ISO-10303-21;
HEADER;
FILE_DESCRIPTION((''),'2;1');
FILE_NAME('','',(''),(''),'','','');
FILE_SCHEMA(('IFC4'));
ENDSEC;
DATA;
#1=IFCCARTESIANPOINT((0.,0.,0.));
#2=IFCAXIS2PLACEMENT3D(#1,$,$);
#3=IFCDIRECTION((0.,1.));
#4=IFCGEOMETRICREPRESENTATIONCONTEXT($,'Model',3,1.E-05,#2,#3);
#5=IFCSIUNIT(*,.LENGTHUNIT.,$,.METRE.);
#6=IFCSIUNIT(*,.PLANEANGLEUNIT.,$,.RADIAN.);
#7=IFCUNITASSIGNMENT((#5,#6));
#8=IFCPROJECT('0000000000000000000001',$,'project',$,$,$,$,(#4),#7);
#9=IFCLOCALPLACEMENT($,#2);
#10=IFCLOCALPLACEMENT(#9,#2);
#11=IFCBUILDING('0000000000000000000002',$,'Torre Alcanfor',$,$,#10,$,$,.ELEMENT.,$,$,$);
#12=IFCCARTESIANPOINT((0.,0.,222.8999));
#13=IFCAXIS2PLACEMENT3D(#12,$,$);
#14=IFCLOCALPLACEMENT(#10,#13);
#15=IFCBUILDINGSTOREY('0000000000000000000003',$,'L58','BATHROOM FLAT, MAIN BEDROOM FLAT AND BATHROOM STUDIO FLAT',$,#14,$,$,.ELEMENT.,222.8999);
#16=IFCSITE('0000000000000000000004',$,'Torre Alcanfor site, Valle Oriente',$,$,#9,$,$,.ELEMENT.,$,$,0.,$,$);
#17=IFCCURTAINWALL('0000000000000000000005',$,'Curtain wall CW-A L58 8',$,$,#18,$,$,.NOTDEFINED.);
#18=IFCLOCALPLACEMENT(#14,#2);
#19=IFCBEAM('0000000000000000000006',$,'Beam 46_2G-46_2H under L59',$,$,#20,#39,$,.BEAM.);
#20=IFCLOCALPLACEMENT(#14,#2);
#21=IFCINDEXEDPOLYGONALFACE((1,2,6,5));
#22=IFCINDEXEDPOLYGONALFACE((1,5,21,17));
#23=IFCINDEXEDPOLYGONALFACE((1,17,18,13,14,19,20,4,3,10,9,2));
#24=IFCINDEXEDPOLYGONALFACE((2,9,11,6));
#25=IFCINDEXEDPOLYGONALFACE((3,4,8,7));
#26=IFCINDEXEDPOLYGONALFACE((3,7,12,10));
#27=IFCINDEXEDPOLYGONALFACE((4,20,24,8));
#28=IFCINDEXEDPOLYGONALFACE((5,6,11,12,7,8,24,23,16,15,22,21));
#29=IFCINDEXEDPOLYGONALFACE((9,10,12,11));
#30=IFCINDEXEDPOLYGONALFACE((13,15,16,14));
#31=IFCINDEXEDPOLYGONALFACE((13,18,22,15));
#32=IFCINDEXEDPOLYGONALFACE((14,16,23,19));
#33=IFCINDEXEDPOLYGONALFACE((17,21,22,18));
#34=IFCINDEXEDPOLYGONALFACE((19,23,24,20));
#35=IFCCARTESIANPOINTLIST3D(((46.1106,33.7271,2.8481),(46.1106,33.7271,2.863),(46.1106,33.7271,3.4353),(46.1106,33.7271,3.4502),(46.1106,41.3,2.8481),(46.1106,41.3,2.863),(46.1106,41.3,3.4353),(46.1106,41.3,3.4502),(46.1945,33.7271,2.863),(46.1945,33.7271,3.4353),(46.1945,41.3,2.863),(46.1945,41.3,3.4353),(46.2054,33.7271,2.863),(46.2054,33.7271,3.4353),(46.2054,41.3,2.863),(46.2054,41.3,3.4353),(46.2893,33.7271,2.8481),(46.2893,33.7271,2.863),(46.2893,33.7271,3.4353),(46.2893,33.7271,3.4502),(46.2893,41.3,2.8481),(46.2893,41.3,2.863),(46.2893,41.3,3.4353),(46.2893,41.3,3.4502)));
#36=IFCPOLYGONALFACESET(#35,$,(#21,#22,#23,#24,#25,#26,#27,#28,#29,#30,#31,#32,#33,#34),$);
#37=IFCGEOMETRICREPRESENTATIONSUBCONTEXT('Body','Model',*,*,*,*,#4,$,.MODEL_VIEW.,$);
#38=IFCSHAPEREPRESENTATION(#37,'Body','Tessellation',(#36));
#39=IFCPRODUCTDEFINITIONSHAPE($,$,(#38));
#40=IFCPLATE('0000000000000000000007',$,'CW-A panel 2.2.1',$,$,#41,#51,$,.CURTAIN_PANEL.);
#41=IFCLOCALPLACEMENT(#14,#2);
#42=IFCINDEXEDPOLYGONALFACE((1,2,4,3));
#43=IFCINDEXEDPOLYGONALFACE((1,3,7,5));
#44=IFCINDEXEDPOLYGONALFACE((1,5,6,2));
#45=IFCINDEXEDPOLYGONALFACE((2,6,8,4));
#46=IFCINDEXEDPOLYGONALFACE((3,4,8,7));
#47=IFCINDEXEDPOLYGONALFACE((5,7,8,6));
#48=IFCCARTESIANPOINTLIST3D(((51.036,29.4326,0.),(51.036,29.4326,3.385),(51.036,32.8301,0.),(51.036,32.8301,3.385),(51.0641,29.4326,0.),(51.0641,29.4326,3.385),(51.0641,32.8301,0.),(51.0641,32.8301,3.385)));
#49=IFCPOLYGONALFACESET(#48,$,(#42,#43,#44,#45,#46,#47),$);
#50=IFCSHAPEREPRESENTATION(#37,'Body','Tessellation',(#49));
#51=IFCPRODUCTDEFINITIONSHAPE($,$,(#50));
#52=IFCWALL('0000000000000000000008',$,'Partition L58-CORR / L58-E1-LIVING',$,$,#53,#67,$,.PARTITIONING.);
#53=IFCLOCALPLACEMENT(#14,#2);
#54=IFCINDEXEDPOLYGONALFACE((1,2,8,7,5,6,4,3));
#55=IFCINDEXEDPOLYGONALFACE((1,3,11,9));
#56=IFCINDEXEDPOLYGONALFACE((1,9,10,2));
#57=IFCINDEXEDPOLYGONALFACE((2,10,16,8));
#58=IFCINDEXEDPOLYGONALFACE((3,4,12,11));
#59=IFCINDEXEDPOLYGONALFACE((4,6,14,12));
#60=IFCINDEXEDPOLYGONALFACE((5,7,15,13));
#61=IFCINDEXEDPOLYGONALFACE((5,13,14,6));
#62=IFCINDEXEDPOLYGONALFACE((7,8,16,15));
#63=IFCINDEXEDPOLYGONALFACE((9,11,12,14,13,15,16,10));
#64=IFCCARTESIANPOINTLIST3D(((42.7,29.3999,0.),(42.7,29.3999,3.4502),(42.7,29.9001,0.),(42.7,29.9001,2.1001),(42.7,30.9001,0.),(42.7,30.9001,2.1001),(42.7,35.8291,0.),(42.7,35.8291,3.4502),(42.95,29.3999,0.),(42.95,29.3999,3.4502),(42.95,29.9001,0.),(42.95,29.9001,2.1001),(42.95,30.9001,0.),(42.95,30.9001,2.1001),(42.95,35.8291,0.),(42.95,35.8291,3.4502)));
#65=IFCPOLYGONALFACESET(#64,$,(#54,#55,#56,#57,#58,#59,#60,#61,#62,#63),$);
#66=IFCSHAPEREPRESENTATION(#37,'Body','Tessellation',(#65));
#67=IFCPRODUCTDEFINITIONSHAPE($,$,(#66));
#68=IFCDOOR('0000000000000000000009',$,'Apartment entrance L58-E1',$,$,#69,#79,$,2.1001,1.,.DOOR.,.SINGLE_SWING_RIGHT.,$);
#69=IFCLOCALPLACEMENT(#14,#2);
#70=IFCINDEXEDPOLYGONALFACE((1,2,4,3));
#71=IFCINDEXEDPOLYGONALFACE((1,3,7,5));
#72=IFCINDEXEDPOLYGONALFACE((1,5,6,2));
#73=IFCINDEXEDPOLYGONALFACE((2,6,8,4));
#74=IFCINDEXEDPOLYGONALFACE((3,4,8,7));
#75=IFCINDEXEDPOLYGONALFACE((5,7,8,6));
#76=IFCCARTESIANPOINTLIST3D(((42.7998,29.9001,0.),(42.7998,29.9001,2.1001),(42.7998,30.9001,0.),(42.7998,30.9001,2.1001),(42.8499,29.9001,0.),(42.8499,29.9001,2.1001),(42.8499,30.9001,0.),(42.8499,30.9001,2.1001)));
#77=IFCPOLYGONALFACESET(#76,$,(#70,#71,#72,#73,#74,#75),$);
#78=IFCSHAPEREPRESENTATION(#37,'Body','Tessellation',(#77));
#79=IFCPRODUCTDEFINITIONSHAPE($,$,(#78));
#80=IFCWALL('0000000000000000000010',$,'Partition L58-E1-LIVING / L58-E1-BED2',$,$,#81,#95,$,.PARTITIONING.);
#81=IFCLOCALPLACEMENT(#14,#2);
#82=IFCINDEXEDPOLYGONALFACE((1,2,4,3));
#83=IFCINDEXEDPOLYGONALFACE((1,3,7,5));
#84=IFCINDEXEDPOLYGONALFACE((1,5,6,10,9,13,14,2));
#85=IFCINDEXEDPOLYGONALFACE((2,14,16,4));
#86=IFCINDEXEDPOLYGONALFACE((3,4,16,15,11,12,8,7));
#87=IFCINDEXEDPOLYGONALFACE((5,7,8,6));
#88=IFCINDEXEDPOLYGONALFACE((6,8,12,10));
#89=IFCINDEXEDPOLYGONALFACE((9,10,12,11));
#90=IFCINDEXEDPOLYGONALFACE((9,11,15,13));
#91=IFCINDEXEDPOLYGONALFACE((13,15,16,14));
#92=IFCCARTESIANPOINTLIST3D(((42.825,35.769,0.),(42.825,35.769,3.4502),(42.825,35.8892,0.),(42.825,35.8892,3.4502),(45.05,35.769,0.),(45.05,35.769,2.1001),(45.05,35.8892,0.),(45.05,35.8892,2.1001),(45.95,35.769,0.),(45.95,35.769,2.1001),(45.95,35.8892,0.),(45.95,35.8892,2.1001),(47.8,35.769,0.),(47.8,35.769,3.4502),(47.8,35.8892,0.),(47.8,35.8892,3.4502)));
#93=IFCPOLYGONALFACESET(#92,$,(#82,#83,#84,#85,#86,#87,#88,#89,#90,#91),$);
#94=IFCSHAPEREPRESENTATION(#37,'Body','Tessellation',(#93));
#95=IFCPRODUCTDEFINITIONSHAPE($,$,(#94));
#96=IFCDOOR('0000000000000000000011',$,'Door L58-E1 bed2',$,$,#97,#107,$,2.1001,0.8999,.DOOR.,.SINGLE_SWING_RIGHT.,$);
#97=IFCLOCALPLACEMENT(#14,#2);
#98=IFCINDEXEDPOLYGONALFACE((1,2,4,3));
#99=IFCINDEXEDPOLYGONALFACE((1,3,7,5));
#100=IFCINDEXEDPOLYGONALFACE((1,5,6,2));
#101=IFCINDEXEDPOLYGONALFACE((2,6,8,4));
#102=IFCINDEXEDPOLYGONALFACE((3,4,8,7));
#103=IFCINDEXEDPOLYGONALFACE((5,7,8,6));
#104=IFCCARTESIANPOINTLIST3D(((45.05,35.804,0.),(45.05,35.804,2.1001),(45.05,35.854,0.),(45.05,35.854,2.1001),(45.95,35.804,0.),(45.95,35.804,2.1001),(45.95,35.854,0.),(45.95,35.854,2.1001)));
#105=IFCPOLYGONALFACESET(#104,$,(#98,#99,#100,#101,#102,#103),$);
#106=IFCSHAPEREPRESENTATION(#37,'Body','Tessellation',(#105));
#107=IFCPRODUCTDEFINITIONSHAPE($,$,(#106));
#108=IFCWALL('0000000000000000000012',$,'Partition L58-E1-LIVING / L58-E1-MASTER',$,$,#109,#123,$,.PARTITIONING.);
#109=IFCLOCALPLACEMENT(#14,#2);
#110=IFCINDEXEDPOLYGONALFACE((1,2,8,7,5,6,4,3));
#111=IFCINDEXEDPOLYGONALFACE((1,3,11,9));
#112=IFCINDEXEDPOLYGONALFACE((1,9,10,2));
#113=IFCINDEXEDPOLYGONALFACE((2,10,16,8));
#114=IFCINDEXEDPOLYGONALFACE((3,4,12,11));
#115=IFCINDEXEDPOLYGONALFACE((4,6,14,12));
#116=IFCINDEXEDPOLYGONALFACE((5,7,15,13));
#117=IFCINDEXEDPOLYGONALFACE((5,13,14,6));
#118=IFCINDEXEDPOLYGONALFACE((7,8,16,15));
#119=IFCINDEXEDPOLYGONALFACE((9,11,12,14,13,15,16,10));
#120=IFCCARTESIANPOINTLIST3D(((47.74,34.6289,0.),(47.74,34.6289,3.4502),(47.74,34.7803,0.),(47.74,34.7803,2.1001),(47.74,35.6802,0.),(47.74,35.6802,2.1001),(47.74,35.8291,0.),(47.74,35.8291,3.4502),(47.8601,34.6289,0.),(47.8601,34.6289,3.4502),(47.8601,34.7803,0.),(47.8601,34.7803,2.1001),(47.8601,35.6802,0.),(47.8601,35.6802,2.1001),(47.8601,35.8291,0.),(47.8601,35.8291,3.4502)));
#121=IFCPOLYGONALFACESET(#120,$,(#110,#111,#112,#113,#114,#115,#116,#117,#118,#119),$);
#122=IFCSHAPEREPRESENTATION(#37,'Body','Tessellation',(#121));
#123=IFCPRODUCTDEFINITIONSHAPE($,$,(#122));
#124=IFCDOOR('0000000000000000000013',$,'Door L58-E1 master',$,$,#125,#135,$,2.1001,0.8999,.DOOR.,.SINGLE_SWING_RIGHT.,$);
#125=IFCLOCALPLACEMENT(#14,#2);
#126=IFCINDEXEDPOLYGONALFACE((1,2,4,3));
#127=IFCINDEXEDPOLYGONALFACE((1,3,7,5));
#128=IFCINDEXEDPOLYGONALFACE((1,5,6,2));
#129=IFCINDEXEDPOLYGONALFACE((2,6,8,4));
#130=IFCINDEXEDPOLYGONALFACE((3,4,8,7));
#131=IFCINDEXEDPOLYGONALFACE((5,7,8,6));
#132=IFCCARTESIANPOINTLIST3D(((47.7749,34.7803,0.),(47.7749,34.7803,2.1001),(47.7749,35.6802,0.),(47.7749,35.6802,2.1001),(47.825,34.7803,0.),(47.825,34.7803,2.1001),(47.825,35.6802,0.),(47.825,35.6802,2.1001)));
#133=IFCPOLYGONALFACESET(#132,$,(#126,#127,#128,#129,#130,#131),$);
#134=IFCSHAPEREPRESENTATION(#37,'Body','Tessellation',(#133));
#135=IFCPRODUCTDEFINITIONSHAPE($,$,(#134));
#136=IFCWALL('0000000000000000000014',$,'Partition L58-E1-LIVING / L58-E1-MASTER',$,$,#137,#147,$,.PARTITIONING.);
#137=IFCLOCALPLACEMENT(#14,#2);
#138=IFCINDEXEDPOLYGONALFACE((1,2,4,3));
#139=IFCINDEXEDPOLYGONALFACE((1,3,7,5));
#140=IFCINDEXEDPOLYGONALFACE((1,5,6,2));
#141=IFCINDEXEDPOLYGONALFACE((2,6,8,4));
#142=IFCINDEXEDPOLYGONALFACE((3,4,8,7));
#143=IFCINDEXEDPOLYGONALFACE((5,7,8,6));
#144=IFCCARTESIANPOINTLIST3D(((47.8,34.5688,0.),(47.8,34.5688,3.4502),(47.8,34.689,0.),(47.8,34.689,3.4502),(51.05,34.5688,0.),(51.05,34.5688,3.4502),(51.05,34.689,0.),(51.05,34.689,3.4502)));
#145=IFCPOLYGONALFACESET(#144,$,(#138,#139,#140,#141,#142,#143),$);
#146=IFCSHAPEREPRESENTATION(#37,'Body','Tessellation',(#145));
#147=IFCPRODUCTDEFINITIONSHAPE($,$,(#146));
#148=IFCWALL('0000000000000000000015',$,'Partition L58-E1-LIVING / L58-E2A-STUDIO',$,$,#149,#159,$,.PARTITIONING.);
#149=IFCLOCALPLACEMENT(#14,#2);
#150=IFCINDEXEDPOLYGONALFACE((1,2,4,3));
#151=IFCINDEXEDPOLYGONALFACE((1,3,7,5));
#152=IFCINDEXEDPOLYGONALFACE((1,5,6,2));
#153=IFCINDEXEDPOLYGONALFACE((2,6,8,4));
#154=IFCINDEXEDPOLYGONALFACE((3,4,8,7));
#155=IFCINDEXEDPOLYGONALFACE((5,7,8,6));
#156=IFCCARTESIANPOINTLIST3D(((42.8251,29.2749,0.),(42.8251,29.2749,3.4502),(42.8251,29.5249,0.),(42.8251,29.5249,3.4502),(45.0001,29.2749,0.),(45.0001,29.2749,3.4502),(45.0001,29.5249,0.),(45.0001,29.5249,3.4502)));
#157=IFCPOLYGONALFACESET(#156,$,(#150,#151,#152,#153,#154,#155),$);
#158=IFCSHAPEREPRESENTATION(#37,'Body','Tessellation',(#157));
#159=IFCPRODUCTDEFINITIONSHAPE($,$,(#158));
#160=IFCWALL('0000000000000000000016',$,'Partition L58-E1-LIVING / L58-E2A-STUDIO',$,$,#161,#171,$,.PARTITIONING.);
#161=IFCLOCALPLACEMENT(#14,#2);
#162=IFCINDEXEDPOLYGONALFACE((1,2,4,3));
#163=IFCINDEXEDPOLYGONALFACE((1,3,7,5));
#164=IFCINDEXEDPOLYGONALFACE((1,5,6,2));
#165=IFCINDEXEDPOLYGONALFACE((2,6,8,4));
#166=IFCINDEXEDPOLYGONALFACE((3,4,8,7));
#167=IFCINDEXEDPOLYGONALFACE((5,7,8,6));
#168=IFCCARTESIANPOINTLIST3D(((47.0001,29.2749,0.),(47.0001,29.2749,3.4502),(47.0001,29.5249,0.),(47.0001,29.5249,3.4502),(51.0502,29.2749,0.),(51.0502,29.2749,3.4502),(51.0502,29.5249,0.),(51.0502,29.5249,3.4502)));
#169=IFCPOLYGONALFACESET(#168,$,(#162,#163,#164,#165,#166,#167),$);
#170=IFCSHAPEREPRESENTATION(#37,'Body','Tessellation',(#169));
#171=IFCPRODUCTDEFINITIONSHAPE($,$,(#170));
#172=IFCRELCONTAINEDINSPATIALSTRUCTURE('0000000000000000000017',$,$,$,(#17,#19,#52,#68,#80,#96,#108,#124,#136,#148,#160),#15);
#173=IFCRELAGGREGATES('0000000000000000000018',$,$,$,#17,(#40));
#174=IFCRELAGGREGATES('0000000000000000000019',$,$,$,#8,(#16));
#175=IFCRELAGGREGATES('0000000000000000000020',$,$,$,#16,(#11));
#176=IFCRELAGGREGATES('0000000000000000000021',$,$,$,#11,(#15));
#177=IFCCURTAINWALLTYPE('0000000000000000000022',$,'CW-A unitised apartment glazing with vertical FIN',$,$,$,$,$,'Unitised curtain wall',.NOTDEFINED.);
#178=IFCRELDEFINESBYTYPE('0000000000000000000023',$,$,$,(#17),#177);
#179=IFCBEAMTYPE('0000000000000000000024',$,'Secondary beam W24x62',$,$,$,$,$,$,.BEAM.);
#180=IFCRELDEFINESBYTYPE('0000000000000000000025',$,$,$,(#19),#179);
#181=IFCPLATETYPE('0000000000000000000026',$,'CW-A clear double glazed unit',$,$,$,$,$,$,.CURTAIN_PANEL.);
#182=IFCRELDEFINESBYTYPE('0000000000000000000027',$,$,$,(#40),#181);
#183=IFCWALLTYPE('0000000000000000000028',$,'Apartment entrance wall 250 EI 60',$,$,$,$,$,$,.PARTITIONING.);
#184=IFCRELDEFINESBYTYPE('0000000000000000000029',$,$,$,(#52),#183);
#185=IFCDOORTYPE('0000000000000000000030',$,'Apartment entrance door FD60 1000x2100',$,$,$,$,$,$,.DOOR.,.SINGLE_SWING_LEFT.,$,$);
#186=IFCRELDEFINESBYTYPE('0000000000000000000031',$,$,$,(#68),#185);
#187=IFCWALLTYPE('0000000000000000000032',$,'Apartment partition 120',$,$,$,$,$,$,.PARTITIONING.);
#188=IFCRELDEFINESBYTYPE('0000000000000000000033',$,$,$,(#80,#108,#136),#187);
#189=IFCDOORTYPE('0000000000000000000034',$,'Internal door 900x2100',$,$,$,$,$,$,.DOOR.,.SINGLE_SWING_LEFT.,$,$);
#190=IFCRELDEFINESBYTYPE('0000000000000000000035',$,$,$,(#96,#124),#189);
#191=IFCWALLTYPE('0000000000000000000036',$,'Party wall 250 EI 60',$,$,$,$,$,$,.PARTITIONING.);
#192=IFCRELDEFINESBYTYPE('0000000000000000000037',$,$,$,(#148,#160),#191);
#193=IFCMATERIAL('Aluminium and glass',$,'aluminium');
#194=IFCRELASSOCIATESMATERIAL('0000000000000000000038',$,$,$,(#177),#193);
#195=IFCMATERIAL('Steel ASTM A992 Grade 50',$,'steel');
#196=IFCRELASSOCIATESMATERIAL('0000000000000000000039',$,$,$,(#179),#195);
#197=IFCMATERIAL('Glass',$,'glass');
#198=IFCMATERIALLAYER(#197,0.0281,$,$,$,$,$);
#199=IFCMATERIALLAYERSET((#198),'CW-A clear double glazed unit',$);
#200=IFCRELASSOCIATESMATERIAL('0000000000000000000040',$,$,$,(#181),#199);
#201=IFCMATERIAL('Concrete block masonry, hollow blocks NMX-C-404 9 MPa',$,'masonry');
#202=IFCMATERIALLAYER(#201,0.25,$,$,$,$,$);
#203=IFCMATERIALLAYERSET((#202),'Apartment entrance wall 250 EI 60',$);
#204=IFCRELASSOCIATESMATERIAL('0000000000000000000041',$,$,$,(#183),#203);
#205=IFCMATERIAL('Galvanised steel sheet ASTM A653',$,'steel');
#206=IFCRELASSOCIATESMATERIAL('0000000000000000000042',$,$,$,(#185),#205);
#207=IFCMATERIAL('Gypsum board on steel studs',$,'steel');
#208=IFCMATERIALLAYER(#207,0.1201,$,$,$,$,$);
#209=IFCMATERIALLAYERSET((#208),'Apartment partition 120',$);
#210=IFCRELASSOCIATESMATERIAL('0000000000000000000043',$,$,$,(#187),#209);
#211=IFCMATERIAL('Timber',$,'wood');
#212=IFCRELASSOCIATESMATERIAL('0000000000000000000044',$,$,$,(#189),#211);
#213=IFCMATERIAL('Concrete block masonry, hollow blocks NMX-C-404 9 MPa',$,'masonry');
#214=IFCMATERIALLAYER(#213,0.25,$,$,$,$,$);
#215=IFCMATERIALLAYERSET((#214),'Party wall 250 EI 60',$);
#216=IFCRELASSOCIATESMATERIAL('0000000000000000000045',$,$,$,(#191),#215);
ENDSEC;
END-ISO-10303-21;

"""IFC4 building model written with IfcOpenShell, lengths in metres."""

from ifc_helpers import new_model, si_unit, direction, frame, frame_2d, origin, origin_2d, place, context, subcontext, project, spatial, rectangle, i_section, extrude, material, layer, layer_set, material_profile, profile_set, type_object, element, fill, aggregate, save


model = new_model("IFC4")

# Units and contexts
model_context = context("Model", 3, precision=1e-05, world=origin(), true_north=direction((0.0, 1.0)))
body_context = subcontext(model_context, "Body", "Model", "MODEL_VIEW")
ifc_project = project(units=[si_unit("LENGTHUNIT", "METRE"), si_unit("PLANEANGLEUNIT", "RADIAN")], contexts=[model_context])

# Site, building, storey
site_placement = place(None, origin())
site = spatial("IfcSite", under=ifc_project, at=site_placement, Name="Torre Alcanfor site, Valle Oriente", CompositionType="ELEMENT", RefElevation=0.0)
building_placement = place(site_placement, origin())
building = spatial("IfcBuilding", under=site, at=building_placement, Name="Torre Alcanfor", CompositionType="ELEMENT")
storey_placement = place(building_placement, frame((0.0, 0.0, 222.8999)))
storey = spatial("IfcBuildingStorey", under=building, at=storey_placement, Name="L58", Description="BATHROOM FLAT, MAIN BEDROOM FLAT AND BATHROOM STUDIO FLAT", CompositionType="ELEMENT", Elevation=222.8999)

# Curtain wall
ifc_material_1 = material(Name="Aluminium and glass", Category="aluminium")
curtain_wall_type = type_object("IfcCurtainWallType", Name="CW-A unitised apartment glazing with vertical FIN", ElementType="Unitised curtain wall", PredefinedType="NOTDEFINED", material=ifc_material_1)
curtain_wall_placement = place(storey_placement, origin())
curtain_wall = element("IfcCurtainWall", 1, at=curtain_wall_placement, inside=storey, type_object=curtain_wall_type, Name="Curtain wall CW-A L58 8", PredefinedType="NOTDEFINED")

# Beam
ifc_material_2 = material(Name="Steel ASTM A992 Grade 50", Category="steel")
ifc_material_profile_1 = material_profile(ifc_material_2, i_section(OverallWidth=0.1787, OverallDepth=0.6021, WebThickness=0.011, FlangeThickness=0.0149, at=origin_2d()), Name="W24x62")
ifc_profile_set_1 = profile_set([ifc_material_profile_1], Name="Steel ASTM A992 Grade 50")
beam_type_1 = type_object("IfcBeamType", Name="Secondary beam W24x62", PredefinedType="BEAM", material=ifc_profile_set_1)
beam_1_placement = place(storey_placement, frame((46.2, 33.7271, 3.1492), z_axis=(0.0, 1.0, 0.0), x_axis=(-1.0, 0.0, 0.0)))
element("IfcBeam", 2, at=beam_1_placement, inside=storey, type_object=beam_type_1, Name="Beam 46_2G-46_2H under L59", PredefinedType="BEAM", context=body_context, shape_type="SweptSolid", body=[
    extrude(i_section(OverallWidth=0.1787, OverallDepth=0.6021, WebThickness=0.011, FlangeThickness=0.0149, at=origin_2d()), origin(), (0.0, 0.0, 1.0), 7.573),
])

# Plate
ifc_material_3 = material(Name="Glass", Category="glass")
ifc_layer_1 = layer(ifc_material_3, 0.0281)
ifc_layer_set_1 = layer_set([ifc_layer_1], Name="CW-A clear double glazed unit")
plate_type = type_object("IfcPlateType", Name="CW-A clear double glazed unit", PredefinedType="CURTAIN_PANEL", material=ifc_layer_set_1)
plate_placement = place(storey_placement, frame((51.05, 31.1313, 0.0), z_axis=(0.0, 0.0, 1.0), x_axis=(0.0, 1.0, 0.0)))
plate = element("IfcPlate", 3, at=plate_placement, type_object=plate_type, Name="CW-A panel 2.2.1", PredefinedType="CURTAIN_PANEL", context=body_context, shape_type="SweptSolid", body=[
    extrude(rectangle(XDim=3.3975, YDim=0.0281, at=origin_2d()), origin(), (0.0, 0.0, 1.0), 3.385),
])
aggregate(curtain_wall, [plate])

# Walls, openings, doors
ifc_material_4 = material(Name="Concrete block masonry, hollow blocks NMX-C-404 9 MPa", Category="masonry")
ifc_layer_2 = layer(ifc_material_4, 0.25)
ifc_layer_set_2 = layer_set([ifc_layer_2], Name="Apartment entrance wall 250 EI 60")
wall_type_1 = type_object("IfcWallType", Name="Apartment entrance wall 250 EI 60", PredefinedType="PARTITIONING", material=ifc_layer_set_2)
wall_1_placement = place(storey_placement, frame((42.825, 35.8291, 0.0), z_axis=(0.0, 0.0, 1.0), x_axis=(0.0, -1.0, 0.0)))
wall_1 = element("IfcWall", 4, at=wall_1_placement, inside=storey, type_object=wall_type_1, Name="Partition L58-CORR / L58-E1-LIVING", PredefinedType="PARTITIONING", context=body_context, shape_type="SweptSolid", body=[
    extrude(rectangle(XDim=6.4292, YDim=0.25, at=frame_2d((3.2146, 0.0))), origin(), (0.0, 0.0, 1.0), 3.4502),
])
opening_1_placement = place(wall_1_placement, frame((4.929, 0.0, 0.0)))
opening_1 = element("IfcOpeningElement", 5, at=opening_1_placement, cuts=wall_1, PredefinedType="OPENING", context=body_context, shape_type="SweptSolid", body=[
    extrude(rectangle(XDim=1.0, YDim=2.1001, at=frame_2d((0.5, 1.05))), frame((0.0, 0.135, 0.0), z_axis=(0.0, -1.0, 0.0), x_axis=(1.0, 0.0, 0.0)), (0.0, 0.0, 1.0), 0.27),
])
ifc_material_5 = material(Name="Galvanised steel sheet ASTM A653", Category="steel")
door_type_1 = type_object("IfcDoorType", Name="Apartment entrance door FD60 1000x2100", OperationType="SINGLE_SWING_LEFT", PredefinedType="DOOR", material=ifc_material_5)
door_1_placement = place(opening_1_placement, origin())
door_1 = element("IfcDoor", 6, at=door_1_placement, inside=storey, type_object=door_type_1, Name="Apartment entrance L58-E1", OperationType="SINGLE_SWING_RIGHT", OverallHeight=2.1001, OverallWidth=1.0, PredefinedType="DOOR", context=body_context, shape_type="SweptSolid", body=[
    extrude(rectangle(XDim=1.0, YDim=2.1001, at=frame_2d((0.5, 1.05))), frame((0.0, 0.0249, 0.0), z_axis=(0.0, -1.0, 0.0), x_axis=(1.0, 0.0, 0.0)), (0.0, 0.0, 1.0), 0.05),
])
fill(opening_1, door_1)
ifc_material_6 = material(Name="Gypsum board on steel studs", Category="steel")
ifc_layer_3 = layer(ifc_material_6, 0.1201)
ifc_layer_set_3 = layer_set([ifc_layer_3], Name="Apartment partition 120")
wall_type_2 = type_object("IfcWallType", Name="Apartment partition 120", PredefinedType="PARTITIONING", material=ifc_layer_set_3)
wall_2_placement = place(storey_placement, frame((42.825, 35.8291, 0.0), z_axis=(0.0, 0.0, 1.0), x_axis=(1.0, 0.0, 0.0)))
wall_2 = element("IfcWall", 7, at=wall_2_placement, inside=storey, type_object=wall_type_2, Name="Partition L58-E1-LIVING / L58-E1-BED2", PredefinedType="PARTITIONING", context=body_context, shape_type="SweptSolid", body=[
    extrude(rectangle(XDim=4.9751, YDim=0.1201, at=frame_2d((2.4875, 0.0))), origin(), (0.0, 0.0, 1.0), 3.4502),
])
opening_2_placement = place(wall_2_placement, frame((2.2251, 0.0, 0.0)))
opening_2 = element("IfcOpeningElement", 8, at=opening_2_placement, cuts=wall_2, PredefinedType="OPENING", context=body_context, shape_type="SweptSolid", body=[
    extrude(rectangle(XDim=0.8999, YDim=2.1001, at=frame_2d((0.45, 1.05))), frame((0.0, 0.0701, 0.0), z_axis=(0.0, -1.0, 0.0), x_axis=(1.0, 0.0, 0.0)), (0.0, 0.0, 1.0), 0.1401),
])
ifc_material_7 = material(Name="Timber", Category="wood")
door_type_2 = type_object("IfcDoorType", Name="Internal door 900x2100", OperationType="SINGLE_SWING_LEFT", PredefinedType="DOOR", material=ifc_material_7)
door_2_placement = place(opening_2_placement, origin())
door_2 = element("IfcDoor", 9, at=door_2_placement, inside=storey, type_object=door_type_2, Name="Door L58-E1 bed2", OperationType="SINGLE_SWING_RIGHT", OverallHeight=2.1001, OverallWidth=0.8999, PredefinedType="DOOR", context=body_context, shape_type="SweptSolid", body=[
    extrude(rectangle(XDim=0.8999, YDim=2.1001, at=frame_2d((0.45, 1.05))), frame((0.0, 0.0249, 0.0), z_axis=(0.0, -1.0, 0.0), x_axis=(1.0, 0.0, 0.0)), (0.0, 0.0, 1.0), 0.05),
])
fill(opening_2, door_2)
wall_3_placement = place(storey_placement, frame((47.8, 35.8291, 0.0), z_axis=(0.0, 0.0, 1.0), x_axis=(0.0, -1.0, 0.0)))
wall_3 = element("IfcWall", 10, at=wall_3_placement, inside=storey, type_object=wall_type_2, Name="Partition L58-E1-LIVING / L58-E1-MASTER", PredefinedType="PARTITIONING", context=body_context, shape_type="SweptSolid", body=[
    extrude(rectangle(XDim=1.2002, YDim=0.1201, at=frame_2d((0.6001, 0.0))), origin(), (0.0, 0.0, 1.0), 3.4502),
])
opening_3_placement = place(wall_3_placement, frame((0.1489, 0.0, 0.0)))
opening_3 = element("IfcOpeningElement", 11, at=opening_3_placement, cuts=wall_3, PredefinedType="OPENING", context=body_context, shape_type="SweptSolid", body=[
    extrude(rectangle(XDim=0.8999, YDim=2.1001, at=frame_2d((0.45, 1.05))), frame((0.0, 0.0701, 0.0), z_axis=(0.0, -1.0, 0.0), x_axis=(1.0, 0.0, 0.0)), (0.0, 0.0, 1.0), 0.1401),
])
door_3_placement = place(opening_3_placement, origin())
door_3 = element("IfcDoor", 12, at=door_3_placement, inside=storey, type_object=door_type_2, Name="Door L58-E1 master", OperationType="SINGLE_SWING_RIGHT", OverallHeight=2.1001, OverallWidth=0.8999, PredefinedType="DOOR", context=body_context, shape_type="SweptSolid", body=[
    extrude(rectangle(XDim=0.8999, YDim=2.1001, at=frame_2d((0.45, 1.05))), frame((0.0, 0.0249, 0.0), z_axis=(0.0, -1.0, 0.0), x_axis=(1.0, 0.0, 0.0)), (0.0, 0.0, 1.0), 0.05),
])
fill(opening_3, door_3)

# Walls
wall_4_placement = place(storey_placement, frame((47.8, 34.6289, 0.0), z_axis=(0.0, 0.0, 1.0), x_axis=(1.0, 0.0, 0.0)))
element("IfcWall", 13, at=wall_4_placement, inside=storey, type_object=wall_type_2, Name="Partition L58-E1-LIVING / L58-E1-MASTER", PredefinedType="PARTITIONING", context=body_context, shape_type="SweptSolid", body=[
    extrude(rectangle(XDim=3.25, YDim=0.1201, at=frame_2d((1.625, 0.0))), origin(), (0.0, 0.0, 1.0), 3.4502),
])
ifc_material_8 = material(Name="Concrete block masonry, hollow blocks NMX-C-404 9 MPa", Category="masonry")
ifc_layer_4 = layer(ifc_material_8, 0.25)
ifc_layer_set_4 = layer_set([ifc_layer_4], Name="Party wall 250 EI 60")
wall_type_3 = type_object("IfcWallType", Name="Party wall 250 EI 60", PredefinedType="PARTITIONING", material=ifc_layer_set_4)
wall_5_placement = place(storey_placement, frame((45.0, 29.3999, 0.0), z_axis=(0.0, 0.0, 1.0), x_axis=(-1.0, 0.0, 0.0)))
element("IfcWall", 14, at=wall_5_placement, inside=storey, type_object=wall_type_3, Name="Partition L58-E1-LIVING / L58-E2A-STUDIO", PredefinedType="PARTITIONING", context=body_context, shape_type="SweptSolid", body=[
    extrude(rectangle(XDim=2.175, YDim=0.25, at=frame_2d((1.0874, 0.0))), origin(), (0.0, 0.0, 1.0), 3.4502),
])
wall_6_placement = place(storey_placement, frame((51.05, 29.3999, 0.0), z_axis=(0.0, 0.0, 1.0), x_axis=(-1.0, 0.0, 0.0)))
element("IfcWall", 15, at=wall_6_placement, inside=storey, type_object=wall_type_3, Name="Partition L58-E1-LIVING / L58-E2A-STUDIO", PredefinedType="PARTITIONING", context=body_context, shape_type="SweptSolid", body=[
    extrude(rectangle(XDim=4.05, YDim=0.25, at=frame_2d((2.0249, 0.0))), origin(), (0.0, 0.0, 1.0), 3.4502),
])

save(model, "model.ifc")
